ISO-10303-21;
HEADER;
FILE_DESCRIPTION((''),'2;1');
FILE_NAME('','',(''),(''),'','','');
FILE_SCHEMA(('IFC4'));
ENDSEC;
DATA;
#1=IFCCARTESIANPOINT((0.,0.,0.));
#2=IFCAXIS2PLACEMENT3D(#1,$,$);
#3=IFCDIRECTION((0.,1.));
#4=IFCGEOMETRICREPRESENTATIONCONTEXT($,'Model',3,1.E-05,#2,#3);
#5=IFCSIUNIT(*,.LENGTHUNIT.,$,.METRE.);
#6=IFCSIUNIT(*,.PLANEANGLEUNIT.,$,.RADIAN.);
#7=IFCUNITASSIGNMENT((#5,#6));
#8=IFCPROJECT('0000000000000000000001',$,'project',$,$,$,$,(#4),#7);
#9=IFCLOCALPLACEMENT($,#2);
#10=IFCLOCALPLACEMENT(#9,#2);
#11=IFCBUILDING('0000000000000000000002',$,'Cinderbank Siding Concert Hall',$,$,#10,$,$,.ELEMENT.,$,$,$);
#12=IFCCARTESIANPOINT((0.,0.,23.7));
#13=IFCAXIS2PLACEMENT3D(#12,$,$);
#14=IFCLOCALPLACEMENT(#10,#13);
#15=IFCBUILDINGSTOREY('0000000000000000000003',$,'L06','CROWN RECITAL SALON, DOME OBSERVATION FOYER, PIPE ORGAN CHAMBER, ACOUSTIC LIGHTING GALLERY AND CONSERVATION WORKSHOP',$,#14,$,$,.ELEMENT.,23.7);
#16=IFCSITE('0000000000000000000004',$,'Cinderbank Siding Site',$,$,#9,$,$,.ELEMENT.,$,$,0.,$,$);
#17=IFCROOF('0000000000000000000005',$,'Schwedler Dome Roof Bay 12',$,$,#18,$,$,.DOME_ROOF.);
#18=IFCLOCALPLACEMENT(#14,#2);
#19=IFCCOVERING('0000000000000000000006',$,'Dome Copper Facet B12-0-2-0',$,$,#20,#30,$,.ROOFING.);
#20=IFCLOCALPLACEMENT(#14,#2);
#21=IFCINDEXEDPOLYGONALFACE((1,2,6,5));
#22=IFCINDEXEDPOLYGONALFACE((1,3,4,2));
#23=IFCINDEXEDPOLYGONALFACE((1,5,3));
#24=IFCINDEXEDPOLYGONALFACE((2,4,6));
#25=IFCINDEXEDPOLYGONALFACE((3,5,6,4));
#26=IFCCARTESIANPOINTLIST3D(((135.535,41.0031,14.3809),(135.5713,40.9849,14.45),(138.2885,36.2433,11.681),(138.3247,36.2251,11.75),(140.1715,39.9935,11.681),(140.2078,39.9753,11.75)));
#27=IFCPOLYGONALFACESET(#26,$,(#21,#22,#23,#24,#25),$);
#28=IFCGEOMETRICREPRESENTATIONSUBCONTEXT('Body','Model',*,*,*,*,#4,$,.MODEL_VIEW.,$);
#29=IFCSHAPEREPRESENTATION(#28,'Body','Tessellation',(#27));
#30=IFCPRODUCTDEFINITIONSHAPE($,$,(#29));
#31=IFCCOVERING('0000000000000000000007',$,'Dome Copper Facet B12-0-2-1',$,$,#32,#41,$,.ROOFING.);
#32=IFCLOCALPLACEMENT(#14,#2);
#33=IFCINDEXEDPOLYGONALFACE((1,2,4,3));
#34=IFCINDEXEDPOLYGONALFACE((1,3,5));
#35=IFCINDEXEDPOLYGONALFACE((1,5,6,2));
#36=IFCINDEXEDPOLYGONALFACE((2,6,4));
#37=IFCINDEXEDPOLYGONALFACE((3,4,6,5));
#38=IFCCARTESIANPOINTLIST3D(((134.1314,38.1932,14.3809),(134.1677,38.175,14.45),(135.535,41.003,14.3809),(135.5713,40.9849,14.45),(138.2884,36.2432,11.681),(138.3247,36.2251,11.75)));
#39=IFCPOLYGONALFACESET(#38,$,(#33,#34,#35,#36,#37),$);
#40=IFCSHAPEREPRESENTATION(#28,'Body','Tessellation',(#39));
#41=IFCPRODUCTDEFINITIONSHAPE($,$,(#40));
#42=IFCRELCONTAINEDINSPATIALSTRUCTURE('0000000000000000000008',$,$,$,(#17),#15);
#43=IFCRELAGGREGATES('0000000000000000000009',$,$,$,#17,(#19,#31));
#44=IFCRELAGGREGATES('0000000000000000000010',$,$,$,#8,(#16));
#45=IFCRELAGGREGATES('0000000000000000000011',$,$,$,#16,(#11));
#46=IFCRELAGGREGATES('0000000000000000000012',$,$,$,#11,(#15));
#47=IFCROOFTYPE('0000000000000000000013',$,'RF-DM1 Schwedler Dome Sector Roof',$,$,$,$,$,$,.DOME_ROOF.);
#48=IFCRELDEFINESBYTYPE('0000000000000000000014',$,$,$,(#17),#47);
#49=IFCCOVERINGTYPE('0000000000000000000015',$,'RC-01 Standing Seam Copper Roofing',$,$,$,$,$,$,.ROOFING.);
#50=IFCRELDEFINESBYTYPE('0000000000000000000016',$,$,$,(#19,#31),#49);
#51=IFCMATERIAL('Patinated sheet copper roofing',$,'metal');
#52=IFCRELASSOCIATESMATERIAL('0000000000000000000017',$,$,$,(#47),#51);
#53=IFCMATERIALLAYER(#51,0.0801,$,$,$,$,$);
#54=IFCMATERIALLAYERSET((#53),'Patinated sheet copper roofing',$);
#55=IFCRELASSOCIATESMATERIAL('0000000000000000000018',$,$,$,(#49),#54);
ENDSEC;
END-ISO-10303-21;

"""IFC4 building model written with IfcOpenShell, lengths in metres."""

from ifc_helpers import new_model, si_unit, direction, frame, origin, place, context, subcontext, project, spatial, polyline, outline, extrude, material, layer, layer_set, type_object, element, aggregate, save


model = new_model("IFC4")

# Units and contexts
model_context = context("Model", 3, precision=1e-05, world=origin(), true_north=direction((0.0, 1.0)))
body_context = subcontext(model_context, "Body", "Model", "MODEL_VIEW")
ifc_project = project(units=[si_unit("LENGTHUNIT", "METRE"), si_unit("PLANEANGLEUNIT", "RADIAN")], contexts=[model_context])

# Site, building, storey
site_placement = place(None, origin())
site = spatial("IfcSite", under=ifc_project, at=site_placement, Name="Cinderbank Siding Site", CompositionType="ELEMENT", RefElevation=0.0)
building_placement = place(site_placement, origin())
building = spatial("IfcBuilding", under=site, at=building_placement, Name="Cinderbank Siding Concert Hall", CompositionType="ELEMENT")
storey_placement = place(building_placement, frame((0.0, 0.0, 23.7)))
storey = spatial("IfcBuildingStorey", under=building, at=storey_placement, Name="L06", Description="CROWN RECITAL SALON, DOME OBSERVATION FOYER, PIPE ORGAN CHAMBER, ACOUSTIC LIGHTING GALLERY AND CONSERVATION WORKSHOP", CompositionType="ELEMENT", Elevation=23.7)

# Roof, coverings
ifc_material_1 = material(Name="Patinated sheet copper roofing", Category="metal")
roof_type = type_object("IfcRoofType", Name="RF-DM1 Schwedler Dome Sector Roof", PredefinedType="DOME_ROOF", material=ifc_material_1)
roof_placement = place(storey_placement, origin())
roof = element("IfcRoof", 1, at=roof_placement, inside=storey, type_object=roof_type, Name="Schwedler Dome Roof Bay 12", PredefinedType="DOME_ROOF")
ifc_layer_1 = layer(ifc_material_1, 0.0801)
ifc_layer_set_1 = layer_set([ifc_layer_1], Name="Patinated sheet copper roofing")
covering_type = type_object("IfcCoveringType", Name="RC-01 Standing Seam Copper Roofing", PredefinedType="ROOFING", material=ifc_layer_set_1)
covering_1_placement = place(storey_placement, frame((138.3247, 36.2251, 11.75), z_axis=(0.452628, -0.227272, 0.86225), x_axis=(0.448726, 0.89367, 0.0)))
covering_1 = element("IfcCovering", 2, at=covering_1_placement, type_object=covering_type, Name="Dome Copper Facet B12-0-2-0", PredefinedType="ROOFING", context=body_context, shape_type="SweptSolid", body=[
    extrude(outline(polyline([(0.0, 0.0), (4.1965, 0.0), (3.0181, 5.3308), (0.0, 0.0)])), origin(), (0.0, 0.0, -1.0), 0.0801),
])
covering_2_placement = place(storey_placement, frame((138.3247, 36.2251, 11.75), z_axis=(0.453558, -0.226562, 0.861948), x_axis=(-0.449473, 0.776993, 0.440745)))
covering_2 = element("IfcCovering", 3, at=covering_2_placement, type_object=covering_type, Name="Dome Copper Facet B12-0-2-1", PredefinedType="ROOFING", context=body_context, shape_type="SweptSolid", body=[
    extrude(outline(polyline([(0.0, 0.0), (6.1259, 0.0), (4.5735, 2.7304), (0.0, 0.0)])), origin(), (0.0, 0.0, -1.0), 0.0801),
])
aggregate(roof, [covering_1, covering_2])

save(model, "model.ifc")
